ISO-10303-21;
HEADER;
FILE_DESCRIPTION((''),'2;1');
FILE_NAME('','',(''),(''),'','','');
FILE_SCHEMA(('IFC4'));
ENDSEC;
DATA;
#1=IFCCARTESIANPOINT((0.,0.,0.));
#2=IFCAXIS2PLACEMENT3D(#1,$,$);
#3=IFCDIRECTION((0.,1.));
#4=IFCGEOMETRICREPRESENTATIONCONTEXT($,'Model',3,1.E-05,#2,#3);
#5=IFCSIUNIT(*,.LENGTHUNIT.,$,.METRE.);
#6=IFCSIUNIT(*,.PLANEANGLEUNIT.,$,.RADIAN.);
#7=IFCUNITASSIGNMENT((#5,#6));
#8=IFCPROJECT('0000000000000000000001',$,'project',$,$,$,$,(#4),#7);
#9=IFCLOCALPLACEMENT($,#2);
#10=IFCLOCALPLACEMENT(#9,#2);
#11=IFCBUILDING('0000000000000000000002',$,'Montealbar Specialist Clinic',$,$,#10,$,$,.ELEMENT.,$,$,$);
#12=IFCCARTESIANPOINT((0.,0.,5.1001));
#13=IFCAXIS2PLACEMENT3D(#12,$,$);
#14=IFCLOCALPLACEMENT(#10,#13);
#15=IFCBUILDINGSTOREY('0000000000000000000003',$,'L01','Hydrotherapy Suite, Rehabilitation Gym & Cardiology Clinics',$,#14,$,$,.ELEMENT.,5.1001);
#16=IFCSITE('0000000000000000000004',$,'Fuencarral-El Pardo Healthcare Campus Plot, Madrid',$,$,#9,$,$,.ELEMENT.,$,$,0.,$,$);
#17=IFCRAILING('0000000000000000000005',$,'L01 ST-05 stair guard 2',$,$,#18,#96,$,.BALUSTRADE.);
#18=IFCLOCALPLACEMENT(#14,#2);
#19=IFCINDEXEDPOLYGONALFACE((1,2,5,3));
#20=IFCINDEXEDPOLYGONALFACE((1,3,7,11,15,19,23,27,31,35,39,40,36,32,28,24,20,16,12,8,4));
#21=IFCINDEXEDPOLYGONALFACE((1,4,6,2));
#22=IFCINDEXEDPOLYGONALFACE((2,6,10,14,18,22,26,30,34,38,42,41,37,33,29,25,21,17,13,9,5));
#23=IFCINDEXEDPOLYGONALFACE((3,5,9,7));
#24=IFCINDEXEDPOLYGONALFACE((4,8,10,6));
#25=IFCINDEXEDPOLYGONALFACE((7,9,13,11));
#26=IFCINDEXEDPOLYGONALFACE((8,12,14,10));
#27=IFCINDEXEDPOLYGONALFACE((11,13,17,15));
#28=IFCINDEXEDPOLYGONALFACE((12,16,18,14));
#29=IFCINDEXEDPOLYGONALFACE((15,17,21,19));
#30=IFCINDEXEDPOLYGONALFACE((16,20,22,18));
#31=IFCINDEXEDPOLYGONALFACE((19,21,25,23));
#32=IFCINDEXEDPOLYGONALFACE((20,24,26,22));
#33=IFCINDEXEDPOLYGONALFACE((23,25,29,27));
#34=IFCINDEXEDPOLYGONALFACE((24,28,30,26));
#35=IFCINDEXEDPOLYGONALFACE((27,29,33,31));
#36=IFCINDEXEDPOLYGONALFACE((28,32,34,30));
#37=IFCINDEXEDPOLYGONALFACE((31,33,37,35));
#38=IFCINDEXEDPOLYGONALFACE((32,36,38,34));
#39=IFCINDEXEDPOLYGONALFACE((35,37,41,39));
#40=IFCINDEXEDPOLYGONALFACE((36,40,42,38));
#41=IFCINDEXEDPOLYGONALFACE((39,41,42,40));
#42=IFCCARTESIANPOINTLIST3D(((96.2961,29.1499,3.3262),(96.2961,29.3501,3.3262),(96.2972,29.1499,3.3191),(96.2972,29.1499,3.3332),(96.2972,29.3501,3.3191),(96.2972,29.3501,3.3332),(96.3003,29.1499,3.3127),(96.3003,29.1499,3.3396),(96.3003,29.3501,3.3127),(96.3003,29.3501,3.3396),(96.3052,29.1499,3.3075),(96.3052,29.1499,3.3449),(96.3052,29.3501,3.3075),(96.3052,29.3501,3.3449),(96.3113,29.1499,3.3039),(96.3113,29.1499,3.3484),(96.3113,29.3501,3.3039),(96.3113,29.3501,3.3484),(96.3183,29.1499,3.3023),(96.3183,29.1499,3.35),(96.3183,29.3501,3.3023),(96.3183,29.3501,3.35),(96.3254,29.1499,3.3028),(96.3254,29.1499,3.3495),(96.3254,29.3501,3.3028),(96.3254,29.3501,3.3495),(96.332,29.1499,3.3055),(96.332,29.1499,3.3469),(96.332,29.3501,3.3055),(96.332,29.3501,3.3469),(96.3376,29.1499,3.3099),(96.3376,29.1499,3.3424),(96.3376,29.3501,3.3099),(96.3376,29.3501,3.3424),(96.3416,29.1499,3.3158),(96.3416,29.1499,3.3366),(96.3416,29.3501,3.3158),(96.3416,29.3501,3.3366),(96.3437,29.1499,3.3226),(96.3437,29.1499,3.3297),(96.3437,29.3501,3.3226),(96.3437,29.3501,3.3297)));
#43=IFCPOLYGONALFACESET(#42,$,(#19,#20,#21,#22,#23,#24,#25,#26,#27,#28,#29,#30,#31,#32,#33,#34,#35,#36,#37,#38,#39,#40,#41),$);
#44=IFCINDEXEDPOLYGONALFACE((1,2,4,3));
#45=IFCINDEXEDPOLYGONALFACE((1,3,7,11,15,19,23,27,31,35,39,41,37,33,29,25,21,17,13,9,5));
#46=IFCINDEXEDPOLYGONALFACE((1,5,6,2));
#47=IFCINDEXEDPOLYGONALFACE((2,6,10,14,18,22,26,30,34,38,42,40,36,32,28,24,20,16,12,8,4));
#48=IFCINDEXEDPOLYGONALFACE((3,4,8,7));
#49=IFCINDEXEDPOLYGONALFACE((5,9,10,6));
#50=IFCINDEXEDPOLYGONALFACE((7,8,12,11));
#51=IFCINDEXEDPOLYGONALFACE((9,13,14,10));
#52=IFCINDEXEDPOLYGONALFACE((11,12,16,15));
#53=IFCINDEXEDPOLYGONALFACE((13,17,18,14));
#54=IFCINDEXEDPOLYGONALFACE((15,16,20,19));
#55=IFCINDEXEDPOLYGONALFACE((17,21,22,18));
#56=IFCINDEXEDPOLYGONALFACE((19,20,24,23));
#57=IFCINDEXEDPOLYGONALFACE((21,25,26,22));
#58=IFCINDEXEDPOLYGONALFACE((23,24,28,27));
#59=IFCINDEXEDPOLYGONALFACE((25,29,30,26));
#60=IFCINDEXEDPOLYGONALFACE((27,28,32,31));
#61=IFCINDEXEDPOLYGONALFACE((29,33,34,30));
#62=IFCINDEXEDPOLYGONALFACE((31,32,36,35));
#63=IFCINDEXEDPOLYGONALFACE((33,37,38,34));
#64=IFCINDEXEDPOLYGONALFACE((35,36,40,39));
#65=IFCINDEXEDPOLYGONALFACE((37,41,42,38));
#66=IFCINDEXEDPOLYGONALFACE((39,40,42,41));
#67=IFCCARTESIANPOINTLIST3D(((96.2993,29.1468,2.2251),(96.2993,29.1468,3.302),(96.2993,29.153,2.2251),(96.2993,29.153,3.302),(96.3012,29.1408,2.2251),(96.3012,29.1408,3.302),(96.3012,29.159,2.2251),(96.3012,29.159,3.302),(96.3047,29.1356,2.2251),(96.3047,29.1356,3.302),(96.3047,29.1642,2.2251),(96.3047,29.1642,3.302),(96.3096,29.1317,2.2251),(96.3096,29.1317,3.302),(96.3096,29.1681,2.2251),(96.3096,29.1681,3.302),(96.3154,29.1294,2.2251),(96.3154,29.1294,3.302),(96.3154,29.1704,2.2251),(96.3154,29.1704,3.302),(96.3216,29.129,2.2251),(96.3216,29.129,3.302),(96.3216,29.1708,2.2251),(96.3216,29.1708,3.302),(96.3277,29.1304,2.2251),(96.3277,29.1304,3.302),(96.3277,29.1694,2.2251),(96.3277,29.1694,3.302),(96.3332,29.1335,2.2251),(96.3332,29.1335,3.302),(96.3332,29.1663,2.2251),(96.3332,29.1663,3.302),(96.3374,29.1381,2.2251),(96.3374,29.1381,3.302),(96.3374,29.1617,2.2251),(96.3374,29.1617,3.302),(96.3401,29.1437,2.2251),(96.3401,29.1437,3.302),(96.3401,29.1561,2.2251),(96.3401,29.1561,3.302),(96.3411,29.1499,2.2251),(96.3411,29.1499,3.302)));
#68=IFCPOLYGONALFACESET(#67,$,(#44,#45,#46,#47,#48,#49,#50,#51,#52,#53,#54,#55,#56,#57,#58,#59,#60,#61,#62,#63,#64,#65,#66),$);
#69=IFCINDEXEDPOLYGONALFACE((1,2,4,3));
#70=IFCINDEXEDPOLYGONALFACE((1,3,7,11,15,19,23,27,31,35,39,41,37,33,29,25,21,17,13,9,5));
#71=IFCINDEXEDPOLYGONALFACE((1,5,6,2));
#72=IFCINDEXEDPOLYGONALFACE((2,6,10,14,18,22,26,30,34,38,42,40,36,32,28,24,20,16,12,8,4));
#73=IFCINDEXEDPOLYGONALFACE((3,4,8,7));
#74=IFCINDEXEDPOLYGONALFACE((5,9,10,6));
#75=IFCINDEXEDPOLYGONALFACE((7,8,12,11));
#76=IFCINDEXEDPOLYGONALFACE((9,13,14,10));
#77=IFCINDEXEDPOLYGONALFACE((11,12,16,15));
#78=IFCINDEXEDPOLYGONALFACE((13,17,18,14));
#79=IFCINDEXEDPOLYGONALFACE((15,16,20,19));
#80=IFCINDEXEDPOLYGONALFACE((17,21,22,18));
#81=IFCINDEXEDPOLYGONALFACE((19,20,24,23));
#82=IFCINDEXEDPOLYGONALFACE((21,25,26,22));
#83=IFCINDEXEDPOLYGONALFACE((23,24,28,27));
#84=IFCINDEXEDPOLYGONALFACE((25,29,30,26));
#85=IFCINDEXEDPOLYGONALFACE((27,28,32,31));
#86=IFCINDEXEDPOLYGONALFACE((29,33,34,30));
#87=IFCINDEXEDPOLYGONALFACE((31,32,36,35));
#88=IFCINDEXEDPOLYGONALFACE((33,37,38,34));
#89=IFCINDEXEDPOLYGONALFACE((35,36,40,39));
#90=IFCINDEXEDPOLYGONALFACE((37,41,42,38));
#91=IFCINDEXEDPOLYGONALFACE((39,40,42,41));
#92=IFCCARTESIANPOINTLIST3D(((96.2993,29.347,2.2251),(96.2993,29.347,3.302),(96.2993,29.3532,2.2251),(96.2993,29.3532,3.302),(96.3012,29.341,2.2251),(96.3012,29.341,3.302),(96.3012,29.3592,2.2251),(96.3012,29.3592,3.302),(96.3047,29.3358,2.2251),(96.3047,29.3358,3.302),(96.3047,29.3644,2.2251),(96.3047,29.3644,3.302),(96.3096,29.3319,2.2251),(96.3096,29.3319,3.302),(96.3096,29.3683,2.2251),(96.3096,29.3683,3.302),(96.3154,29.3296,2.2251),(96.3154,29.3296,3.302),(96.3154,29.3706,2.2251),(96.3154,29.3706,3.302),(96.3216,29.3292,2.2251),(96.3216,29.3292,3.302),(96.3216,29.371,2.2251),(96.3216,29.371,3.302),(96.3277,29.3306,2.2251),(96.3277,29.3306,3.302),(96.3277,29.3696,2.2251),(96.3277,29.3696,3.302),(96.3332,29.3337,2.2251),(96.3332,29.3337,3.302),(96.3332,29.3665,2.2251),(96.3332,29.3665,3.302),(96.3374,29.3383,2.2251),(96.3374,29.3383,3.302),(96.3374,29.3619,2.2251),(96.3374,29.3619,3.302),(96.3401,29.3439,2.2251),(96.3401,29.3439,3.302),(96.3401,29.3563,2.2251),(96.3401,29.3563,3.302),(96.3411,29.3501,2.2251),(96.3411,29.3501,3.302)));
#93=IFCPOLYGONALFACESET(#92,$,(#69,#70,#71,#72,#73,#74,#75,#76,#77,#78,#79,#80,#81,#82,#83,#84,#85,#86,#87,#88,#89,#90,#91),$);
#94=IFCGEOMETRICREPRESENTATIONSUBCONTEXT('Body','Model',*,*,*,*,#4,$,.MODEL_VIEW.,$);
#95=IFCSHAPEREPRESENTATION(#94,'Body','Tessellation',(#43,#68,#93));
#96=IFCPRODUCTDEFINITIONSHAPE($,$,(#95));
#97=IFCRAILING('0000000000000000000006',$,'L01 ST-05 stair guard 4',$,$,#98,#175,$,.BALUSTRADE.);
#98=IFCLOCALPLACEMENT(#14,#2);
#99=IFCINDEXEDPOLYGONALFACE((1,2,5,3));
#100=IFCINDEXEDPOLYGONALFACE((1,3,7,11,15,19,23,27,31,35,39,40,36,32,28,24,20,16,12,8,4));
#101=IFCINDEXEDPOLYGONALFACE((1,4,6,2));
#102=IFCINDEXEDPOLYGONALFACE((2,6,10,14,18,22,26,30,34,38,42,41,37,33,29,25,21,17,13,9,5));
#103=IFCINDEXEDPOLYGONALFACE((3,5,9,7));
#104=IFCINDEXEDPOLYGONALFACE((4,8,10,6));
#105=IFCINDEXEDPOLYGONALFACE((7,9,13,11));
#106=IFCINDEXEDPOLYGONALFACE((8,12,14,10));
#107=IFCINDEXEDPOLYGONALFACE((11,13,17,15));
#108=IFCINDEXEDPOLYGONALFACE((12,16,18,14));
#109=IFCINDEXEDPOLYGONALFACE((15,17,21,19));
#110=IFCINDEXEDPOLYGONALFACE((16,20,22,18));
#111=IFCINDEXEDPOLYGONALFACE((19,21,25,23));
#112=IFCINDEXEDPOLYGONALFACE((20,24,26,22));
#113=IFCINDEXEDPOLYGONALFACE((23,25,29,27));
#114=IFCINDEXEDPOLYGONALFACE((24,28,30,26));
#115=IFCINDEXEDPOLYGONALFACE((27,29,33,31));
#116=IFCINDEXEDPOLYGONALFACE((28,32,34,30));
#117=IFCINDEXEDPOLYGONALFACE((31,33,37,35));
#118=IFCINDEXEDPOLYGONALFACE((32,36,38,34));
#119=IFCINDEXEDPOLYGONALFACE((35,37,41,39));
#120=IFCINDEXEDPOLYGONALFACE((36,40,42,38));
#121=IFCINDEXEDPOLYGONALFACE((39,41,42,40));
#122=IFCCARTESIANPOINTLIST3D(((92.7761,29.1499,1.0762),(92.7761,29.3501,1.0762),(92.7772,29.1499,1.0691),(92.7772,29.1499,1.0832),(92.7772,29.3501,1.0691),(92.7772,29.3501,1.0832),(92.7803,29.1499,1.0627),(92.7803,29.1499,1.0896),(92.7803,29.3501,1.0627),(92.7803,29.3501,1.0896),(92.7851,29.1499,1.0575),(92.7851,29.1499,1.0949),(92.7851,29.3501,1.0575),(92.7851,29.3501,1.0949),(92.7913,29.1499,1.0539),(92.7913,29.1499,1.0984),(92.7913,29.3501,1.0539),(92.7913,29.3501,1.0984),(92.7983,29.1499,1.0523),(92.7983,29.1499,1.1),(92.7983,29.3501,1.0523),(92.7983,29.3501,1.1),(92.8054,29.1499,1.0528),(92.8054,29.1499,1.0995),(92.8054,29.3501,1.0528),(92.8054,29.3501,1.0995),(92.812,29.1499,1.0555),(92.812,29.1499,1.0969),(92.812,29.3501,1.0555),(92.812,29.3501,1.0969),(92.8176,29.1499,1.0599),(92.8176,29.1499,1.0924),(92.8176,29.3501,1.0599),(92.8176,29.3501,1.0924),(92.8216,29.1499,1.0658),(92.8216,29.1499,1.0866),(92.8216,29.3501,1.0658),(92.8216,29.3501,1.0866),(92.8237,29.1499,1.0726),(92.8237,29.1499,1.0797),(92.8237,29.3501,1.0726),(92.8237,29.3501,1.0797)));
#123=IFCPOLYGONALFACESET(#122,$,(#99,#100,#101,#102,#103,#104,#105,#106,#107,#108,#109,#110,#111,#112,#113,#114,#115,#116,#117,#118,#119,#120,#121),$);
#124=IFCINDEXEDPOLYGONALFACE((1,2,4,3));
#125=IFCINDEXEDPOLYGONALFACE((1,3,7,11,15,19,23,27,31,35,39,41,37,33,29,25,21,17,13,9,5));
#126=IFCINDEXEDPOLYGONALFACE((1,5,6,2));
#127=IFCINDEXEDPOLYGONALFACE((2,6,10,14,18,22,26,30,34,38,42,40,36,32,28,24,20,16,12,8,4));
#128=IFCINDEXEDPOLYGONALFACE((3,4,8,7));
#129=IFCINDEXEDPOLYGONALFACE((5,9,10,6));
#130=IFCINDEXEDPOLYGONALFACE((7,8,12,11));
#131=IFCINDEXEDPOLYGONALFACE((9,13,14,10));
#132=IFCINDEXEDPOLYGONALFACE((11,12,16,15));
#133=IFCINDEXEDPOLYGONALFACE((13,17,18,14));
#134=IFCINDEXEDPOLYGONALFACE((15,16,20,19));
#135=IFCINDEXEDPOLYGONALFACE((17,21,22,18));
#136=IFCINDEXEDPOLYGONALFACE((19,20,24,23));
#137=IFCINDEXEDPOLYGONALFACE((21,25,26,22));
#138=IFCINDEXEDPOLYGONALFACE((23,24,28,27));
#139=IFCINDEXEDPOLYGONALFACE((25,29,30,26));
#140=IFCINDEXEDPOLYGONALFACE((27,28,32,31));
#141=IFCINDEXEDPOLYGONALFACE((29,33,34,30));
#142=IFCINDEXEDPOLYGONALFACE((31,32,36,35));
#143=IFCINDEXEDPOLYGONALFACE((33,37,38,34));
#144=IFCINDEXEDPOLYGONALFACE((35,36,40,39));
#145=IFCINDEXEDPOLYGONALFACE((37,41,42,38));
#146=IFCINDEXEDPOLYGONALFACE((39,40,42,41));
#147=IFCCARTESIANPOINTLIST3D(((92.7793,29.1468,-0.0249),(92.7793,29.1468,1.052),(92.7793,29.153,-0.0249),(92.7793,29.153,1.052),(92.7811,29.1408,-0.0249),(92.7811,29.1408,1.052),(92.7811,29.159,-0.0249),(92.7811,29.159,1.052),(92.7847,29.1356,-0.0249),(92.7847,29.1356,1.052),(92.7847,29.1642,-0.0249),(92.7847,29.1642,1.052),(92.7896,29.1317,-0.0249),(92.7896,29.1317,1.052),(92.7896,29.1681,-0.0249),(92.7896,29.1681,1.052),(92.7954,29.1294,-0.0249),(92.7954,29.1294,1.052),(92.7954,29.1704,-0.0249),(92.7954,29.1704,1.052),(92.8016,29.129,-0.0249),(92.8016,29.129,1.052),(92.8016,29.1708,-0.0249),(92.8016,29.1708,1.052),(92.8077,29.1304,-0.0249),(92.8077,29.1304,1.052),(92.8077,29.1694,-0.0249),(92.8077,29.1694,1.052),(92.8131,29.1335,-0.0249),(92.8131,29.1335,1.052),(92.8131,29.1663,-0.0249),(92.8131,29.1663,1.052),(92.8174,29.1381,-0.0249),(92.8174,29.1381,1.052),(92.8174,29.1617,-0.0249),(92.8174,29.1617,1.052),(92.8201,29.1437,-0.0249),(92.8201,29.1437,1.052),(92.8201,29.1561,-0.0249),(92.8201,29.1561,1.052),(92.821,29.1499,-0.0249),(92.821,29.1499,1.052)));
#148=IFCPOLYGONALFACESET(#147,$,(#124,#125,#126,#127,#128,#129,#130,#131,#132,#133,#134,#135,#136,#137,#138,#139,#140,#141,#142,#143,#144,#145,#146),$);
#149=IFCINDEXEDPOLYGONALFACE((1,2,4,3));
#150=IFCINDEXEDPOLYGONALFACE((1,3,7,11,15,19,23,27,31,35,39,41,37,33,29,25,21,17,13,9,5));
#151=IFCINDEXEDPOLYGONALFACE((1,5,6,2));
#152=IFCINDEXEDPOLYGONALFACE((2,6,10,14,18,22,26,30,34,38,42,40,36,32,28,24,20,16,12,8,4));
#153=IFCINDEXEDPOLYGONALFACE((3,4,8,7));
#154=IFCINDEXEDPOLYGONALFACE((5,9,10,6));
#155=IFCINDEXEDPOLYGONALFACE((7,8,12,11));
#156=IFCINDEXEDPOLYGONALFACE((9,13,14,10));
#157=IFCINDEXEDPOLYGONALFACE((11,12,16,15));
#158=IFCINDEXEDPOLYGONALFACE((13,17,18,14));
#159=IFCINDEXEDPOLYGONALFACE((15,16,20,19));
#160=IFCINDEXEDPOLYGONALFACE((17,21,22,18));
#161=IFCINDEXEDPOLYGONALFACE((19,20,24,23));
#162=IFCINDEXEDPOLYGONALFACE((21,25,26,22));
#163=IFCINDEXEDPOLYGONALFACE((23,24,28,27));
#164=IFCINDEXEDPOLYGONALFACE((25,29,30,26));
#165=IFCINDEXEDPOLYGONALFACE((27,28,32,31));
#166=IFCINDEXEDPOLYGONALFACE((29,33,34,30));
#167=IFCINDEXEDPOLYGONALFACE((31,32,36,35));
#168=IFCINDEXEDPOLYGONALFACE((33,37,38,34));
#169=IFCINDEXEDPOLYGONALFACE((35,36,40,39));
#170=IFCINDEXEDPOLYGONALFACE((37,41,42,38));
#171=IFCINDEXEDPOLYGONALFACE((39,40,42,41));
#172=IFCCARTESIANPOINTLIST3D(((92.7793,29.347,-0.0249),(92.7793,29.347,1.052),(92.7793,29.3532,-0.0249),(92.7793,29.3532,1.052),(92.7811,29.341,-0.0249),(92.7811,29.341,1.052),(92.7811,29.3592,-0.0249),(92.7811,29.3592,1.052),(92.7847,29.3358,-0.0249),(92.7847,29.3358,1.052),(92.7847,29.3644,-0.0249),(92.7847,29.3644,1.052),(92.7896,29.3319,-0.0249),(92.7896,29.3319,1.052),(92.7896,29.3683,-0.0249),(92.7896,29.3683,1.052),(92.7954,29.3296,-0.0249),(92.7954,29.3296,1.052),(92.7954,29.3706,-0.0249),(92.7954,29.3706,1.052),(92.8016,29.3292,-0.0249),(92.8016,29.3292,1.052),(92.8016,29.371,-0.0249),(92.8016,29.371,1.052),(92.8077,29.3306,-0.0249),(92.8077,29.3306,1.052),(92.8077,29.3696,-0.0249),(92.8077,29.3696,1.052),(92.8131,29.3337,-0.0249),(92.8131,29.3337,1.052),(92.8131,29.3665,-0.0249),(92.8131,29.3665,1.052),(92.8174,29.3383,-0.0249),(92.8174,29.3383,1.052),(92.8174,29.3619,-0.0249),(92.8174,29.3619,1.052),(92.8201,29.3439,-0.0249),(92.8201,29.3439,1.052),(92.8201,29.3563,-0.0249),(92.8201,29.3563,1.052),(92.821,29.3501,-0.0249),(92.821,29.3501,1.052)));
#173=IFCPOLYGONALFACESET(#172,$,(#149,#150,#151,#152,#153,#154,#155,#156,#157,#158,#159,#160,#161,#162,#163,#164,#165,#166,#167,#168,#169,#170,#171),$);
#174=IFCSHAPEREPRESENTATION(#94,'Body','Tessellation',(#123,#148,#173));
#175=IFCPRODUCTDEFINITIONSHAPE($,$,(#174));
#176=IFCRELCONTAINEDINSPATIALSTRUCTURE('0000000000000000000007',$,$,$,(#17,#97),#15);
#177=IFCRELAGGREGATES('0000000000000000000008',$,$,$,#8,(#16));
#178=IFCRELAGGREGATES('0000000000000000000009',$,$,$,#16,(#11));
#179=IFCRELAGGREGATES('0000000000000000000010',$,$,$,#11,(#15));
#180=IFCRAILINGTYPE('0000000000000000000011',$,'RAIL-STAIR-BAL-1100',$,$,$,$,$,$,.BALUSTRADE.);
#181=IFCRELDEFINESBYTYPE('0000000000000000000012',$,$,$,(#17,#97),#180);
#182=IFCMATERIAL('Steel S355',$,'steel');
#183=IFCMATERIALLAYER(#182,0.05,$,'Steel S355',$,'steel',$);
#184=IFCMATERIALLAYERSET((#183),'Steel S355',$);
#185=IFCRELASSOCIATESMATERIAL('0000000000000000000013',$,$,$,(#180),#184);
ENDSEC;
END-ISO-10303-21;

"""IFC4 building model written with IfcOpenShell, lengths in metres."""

from ifc_helpers import new_model, si_unit, direction, frame, origin, origin_2d, place, context, subcontext, project, spatial, circle, extrude, material, layer, layer_set, type_object, element, save


model = new_model("IFC4")

# Units and contexts
model_context = context("Model", 3, precision=1e-05, world=origin(), true_north=direction((0.0, 1.0)))
body_context = subcontext(model_context, "Body", "Model", "MODEL_VIEW")
ifc_project = project(units=[si_unit("LENGTHUNIT", "METRE"), si_unit("PLANEANGLEUNIT", "RADIAN")], contexts=[model_context])

# Site, building, storey
site_placement = place(None, origin())
site = spatial("IfcSite", under=ifc_project, at=site_placement, Name="Fuencarral-El Pardo Healthcare Campus Plot, Madrid", CompositionType="ELEMENT", RefElevation=0.0)
building_placement = place(site_placement, origin())
building = spatial("IfcBuilding", under=site, at=building_placement, Name="Montealbar Specialist Clinic", CompositionType="ELEMENT")
storey_placement = place(building_placement, frame((0.0, 0.0, 5.1001)))
storey = spatial("IfcBuildingStorey", under=building, at=storey_placement, Name="L01", Description="Hydrotherapy Suite, Rehabilitation Gym & Cardiology Clinics", CompositionType="ELEMENT", Elevation=5.1001)

# Shared definitions
ifc_material_1 = material(Name="Steel S355", Category="steel")

# Railings
ifc_layer_1 = layer(ifc_material_1, 0.05, Name="Steel S355", Category="steel")
ifc_layer_set_1 = layer_set([ifc_layer_1], Name="Steel S355")
railing_type_1 = type_object("IfcRailingType", Name="RAIL-STAIR-BAL-1100", PredefinedType="BALUSTRADE", material=ifc_layer_set_1)
for number, where, name in (
    (1, (96.3201, 29.1499, 2.25), "L01 ST-05 stair guard 2"),
    (2, (92.8, 29.1499, 0.0), "L01 ST-05 stair guard 4"),
):
    element("IfcRailing", number, at=place(storey_placement, frame(where)), inside=storey, type_object=railing_type_1, Name=name, PredefinedType="BALUSTRADE", context=body_context, shape_type="SweptSolid", body=[
        extrude(circle(Radius=0.0239, at=origin_2d()), frame((0.0, 0.0, 1.0762), z_axis=(0.0, 1.0, 0.0), x_axis=(-1.0, 0.0, 0.0)), (0.0, 0.0, 1.0), 0.2002),
        extrude(circle(Radius=0.021, at=origin_2d()), frame((0.0, 0.0, -0.0249)), (0.0, 0.0, 1.0), 1.0769),
        extrude(circle(Radius=0.021, at=origin_2d()), frame((0.0, 0.2002, -0.0249)), (0.0, 0.0, 1.0), 1.0769),
    ])

save(model, "model.ifc")
